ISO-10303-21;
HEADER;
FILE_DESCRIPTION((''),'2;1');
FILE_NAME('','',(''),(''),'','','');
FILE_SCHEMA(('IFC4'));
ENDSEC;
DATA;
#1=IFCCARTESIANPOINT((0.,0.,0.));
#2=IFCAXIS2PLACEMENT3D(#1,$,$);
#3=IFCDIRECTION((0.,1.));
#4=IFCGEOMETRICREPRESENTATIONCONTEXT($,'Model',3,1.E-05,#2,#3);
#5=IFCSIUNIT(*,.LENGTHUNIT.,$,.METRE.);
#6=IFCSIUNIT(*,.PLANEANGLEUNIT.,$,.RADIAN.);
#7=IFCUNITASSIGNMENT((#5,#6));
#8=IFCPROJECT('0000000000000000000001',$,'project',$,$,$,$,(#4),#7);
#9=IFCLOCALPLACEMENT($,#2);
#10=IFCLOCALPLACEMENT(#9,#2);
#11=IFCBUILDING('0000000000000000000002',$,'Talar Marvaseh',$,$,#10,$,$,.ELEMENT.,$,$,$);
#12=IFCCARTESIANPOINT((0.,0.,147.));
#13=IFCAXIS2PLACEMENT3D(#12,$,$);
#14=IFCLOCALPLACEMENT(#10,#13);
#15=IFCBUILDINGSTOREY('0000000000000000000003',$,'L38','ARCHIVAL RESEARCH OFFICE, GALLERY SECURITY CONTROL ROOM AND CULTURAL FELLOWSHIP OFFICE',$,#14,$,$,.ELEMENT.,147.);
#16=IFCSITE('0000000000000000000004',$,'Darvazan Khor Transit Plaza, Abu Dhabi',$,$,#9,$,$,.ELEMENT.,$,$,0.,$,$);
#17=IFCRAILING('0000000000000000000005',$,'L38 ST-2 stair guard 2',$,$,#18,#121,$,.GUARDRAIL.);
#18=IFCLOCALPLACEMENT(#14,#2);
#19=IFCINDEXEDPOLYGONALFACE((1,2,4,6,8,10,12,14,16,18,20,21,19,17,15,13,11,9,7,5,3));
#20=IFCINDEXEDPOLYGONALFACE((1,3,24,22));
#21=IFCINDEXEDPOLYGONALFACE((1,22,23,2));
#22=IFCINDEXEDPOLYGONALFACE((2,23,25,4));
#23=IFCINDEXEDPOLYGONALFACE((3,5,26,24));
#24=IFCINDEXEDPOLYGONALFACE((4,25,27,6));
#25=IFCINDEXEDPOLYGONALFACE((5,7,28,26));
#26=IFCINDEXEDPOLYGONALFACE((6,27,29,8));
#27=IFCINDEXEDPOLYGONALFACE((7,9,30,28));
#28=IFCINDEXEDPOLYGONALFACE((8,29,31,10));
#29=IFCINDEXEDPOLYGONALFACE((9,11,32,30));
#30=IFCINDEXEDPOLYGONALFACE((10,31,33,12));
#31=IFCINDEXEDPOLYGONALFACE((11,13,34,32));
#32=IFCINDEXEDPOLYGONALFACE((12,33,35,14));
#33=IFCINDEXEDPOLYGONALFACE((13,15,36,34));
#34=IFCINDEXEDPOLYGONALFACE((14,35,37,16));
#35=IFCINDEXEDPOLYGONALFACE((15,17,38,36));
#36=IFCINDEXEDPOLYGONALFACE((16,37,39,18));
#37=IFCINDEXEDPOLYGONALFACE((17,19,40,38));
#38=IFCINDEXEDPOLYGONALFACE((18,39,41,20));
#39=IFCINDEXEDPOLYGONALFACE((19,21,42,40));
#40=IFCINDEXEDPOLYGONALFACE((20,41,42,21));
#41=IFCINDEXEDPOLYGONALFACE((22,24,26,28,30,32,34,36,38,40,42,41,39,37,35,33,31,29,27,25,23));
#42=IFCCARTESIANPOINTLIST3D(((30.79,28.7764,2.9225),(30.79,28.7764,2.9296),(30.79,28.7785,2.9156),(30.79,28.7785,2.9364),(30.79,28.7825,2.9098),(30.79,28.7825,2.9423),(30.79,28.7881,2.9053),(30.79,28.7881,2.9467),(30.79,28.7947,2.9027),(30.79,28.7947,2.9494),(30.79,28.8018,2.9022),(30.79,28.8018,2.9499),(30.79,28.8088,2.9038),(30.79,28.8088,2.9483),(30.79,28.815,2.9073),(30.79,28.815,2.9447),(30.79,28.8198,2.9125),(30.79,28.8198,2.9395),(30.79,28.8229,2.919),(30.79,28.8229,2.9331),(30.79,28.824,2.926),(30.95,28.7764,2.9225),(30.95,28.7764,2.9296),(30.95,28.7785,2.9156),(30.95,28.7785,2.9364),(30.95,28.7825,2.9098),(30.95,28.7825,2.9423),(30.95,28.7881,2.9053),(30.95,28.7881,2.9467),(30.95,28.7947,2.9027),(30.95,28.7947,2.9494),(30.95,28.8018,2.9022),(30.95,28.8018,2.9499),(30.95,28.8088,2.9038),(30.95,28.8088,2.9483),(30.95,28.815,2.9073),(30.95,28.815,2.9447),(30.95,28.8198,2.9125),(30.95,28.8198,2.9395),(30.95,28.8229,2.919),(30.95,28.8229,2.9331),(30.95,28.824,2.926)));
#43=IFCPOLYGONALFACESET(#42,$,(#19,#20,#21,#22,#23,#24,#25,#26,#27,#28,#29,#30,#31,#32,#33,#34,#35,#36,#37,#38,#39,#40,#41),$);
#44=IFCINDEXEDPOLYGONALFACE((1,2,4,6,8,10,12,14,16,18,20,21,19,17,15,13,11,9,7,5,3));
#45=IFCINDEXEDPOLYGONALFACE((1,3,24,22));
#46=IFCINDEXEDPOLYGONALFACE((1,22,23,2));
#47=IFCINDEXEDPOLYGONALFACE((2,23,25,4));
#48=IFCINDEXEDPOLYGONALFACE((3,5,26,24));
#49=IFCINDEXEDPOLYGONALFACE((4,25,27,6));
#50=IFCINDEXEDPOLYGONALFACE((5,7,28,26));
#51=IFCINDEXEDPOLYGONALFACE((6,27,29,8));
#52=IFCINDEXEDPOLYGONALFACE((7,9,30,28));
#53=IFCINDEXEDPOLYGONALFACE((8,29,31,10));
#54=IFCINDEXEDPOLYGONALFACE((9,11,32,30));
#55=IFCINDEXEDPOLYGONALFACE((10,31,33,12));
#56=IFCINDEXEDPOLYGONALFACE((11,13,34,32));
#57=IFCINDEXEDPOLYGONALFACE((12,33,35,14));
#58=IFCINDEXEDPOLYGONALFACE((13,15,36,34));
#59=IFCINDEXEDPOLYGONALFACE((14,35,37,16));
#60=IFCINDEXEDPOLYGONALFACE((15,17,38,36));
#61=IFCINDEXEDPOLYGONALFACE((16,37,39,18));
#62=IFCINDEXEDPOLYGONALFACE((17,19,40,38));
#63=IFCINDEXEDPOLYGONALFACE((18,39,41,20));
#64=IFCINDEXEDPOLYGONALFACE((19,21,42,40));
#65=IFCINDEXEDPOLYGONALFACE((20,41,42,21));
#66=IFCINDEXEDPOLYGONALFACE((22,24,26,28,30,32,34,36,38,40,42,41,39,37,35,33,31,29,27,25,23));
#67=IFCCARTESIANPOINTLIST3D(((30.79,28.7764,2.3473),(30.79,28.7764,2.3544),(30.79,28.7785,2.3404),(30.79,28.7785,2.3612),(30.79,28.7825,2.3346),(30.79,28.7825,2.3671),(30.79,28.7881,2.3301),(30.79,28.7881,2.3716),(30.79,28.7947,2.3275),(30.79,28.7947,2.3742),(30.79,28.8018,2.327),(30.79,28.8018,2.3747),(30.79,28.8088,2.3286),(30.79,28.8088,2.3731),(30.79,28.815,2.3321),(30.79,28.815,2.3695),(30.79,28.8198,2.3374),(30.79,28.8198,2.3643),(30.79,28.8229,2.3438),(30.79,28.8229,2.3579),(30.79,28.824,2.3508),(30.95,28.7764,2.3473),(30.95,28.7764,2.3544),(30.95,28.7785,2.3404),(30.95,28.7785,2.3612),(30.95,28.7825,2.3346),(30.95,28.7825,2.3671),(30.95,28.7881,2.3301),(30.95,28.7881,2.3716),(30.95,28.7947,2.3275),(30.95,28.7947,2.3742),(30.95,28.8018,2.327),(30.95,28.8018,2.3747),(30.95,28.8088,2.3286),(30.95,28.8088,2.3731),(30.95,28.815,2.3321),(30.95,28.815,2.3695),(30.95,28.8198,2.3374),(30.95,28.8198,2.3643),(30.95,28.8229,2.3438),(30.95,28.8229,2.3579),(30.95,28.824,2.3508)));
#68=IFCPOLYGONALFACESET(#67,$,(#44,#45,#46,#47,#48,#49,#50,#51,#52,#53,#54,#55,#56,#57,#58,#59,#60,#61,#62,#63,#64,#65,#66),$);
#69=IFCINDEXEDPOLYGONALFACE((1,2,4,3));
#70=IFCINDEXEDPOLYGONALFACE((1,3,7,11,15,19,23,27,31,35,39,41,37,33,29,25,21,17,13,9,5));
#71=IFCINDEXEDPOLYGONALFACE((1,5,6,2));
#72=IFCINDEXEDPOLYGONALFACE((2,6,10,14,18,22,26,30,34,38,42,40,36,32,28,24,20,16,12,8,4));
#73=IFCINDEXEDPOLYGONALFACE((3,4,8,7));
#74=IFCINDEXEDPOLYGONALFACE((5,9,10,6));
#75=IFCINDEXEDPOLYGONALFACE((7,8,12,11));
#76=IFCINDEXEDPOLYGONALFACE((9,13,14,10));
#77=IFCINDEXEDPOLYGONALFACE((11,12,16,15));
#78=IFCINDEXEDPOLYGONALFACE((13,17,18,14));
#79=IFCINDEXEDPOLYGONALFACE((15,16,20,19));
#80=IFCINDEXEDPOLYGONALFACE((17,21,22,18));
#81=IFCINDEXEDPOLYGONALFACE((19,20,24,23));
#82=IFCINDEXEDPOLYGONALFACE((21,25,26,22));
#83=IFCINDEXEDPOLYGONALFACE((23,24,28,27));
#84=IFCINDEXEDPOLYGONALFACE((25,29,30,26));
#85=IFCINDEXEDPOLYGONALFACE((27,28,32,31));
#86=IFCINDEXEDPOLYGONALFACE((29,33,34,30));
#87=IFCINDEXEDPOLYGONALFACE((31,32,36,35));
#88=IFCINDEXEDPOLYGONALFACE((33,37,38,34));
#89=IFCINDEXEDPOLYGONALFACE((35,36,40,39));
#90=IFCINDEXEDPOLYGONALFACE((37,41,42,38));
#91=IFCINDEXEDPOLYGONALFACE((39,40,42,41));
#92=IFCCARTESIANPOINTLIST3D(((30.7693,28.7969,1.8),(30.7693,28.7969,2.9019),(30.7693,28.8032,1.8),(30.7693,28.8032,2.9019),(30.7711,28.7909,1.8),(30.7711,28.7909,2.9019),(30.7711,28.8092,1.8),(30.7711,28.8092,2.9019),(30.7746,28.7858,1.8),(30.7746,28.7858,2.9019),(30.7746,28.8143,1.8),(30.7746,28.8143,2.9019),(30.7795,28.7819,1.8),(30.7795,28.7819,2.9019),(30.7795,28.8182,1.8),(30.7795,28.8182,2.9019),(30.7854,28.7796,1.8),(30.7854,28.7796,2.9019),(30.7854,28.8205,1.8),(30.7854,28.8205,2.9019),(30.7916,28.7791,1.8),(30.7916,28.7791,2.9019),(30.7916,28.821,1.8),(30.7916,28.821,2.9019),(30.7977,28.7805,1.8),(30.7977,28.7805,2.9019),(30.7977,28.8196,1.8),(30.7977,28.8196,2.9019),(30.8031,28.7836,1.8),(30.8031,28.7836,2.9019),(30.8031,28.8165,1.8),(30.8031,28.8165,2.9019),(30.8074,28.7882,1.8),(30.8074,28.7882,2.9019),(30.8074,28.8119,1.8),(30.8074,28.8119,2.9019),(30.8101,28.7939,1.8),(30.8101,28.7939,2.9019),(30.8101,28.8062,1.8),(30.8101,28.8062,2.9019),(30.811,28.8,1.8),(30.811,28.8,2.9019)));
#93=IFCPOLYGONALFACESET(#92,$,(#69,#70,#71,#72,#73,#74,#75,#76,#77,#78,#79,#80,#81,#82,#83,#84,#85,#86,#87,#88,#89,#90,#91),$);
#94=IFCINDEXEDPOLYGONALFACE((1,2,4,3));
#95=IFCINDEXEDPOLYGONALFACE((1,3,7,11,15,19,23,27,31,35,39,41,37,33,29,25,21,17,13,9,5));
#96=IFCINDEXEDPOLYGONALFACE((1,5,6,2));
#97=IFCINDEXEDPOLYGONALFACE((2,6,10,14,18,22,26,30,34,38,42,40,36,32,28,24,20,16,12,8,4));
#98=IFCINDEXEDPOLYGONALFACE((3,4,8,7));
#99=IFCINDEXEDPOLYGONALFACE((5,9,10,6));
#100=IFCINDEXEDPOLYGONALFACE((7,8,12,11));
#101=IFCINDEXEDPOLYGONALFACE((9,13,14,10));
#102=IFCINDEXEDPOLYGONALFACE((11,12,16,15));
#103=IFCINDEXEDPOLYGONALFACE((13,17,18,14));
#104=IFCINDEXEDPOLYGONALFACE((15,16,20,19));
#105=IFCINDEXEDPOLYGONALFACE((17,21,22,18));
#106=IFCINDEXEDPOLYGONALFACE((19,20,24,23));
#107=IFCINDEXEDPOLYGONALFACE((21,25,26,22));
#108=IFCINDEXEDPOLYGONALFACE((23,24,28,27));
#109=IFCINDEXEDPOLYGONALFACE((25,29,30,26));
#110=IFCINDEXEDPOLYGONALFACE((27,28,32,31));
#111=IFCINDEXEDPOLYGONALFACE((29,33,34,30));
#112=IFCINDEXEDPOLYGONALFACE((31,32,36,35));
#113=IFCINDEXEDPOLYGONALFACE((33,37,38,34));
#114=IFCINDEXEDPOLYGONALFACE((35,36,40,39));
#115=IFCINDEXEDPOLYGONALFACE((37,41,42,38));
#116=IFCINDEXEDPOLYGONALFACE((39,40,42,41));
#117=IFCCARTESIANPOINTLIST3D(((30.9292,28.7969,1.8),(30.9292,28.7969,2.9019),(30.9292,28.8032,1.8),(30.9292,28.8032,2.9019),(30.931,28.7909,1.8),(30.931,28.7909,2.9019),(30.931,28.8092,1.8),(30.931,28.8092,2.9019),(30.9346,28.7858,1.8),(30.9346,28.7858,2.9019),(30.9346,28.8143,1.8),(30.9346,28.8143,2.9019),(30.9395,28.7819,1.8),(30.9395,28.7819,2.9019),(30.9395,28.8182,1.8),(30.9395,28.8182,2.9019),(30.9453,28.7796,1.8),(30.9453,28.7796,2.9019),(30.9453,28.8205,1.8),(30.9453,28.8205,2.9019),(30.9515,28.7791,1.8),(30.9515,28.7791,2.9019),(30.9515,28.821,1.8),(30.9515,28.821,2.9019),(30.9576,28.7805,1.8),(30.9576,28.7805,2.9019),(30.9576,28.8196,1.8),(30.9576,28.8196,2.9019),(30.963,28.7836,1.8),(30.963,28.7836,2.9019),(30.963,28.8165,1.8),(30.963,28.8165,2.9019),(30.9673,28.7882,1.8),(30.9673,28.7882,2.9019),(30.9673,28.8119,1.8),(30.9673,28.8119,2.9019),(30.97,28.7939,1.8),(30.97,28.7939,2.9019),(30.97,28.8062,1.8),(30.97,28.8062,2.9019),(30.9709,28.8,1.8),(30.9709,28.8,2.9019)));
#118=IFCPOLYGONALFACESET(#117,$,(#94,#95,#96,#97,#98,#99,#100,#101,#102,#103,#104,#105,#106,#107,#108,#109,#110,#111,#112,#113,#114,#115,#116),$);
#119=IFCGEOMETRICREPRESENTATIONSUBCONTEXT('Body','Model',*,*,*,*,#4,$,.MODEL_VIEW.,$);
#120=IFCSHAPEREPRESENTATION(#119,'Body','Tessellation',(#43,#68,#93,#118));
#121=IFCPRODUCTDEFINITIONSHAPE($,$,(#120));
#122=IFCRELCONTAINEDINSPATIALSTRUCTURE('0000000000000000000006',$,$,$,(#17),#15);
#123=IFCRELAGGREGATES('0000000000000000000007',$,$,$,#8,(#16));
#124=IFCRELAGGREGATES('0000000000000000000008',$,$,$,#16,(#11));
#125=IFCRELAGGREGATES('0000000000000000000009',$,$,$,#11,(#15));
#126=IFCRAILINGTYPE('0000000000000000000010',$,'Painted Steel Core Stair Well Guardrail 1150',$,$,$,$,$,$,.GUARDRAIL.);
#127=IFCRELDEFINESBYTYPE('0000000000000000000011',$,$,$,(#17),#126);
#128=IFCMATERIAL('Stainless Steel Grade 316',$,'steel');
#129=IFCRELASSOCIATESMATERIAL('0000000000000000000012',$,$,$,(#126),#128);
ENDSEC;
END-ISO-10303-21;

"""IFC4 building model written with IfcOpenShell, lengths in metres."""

from ifc_helpers import new_model, si_unit, direction, frame, origin, origin_2d, place, context, subcontext, project, spatial, circle, extrude, material, type_object, element, save


model = new_model("IFC4")

# Units and contexts
model_context = context("Model", 3, precision=1e-05, world=origin(), true_north=direction((0.0, 1.0)))
body_context = subcontext(model_context, "Body", "Model", "MODEL_VIEW")
ifc_project = project(units=[si_unit("LENGTHUNIT", "METRE"), si_unit("PLANEANGLEUNIT", "RADIAN")], contexts=[model_context])

# Site, building, storey
site_placement = place(None, origin())
site = spatial("IfcSite", under=ifc_project, at=site_placement, Name="Darvazan Khor Transit Plaza, Abu Dhabi", CompositionType="ELEMENT", RefElevation=0.0)
building_placement = place(site_placement, origin())
building = spatial("IfcBuilding", under=site, at=building_placement, Name="Talar Marvaseh", CompositionType="ELEMENT")
storey_placement = place(building_placement, frame((0.0, 0.0, 147.0)))
storey = spatial("IfcBuildingStorey", under=building, at=storey_placement, Name="L38", Description="ARCHIVAL RESEARCH OFFICE, GALLERY SECURITY CONTROL ROOM AND CULTURAL FELLOWSHIP OFFICE", CompositionType="ELEMENT", Elevation=147.0)

# Shared definitions
ifc_material_1 = material(Name="Stainless Steel Grade 316", Category="steel")

# Railing
railing_type_1 = type_object("IfcRailingType", Name="Painted Steel Core Stair Well Guardrail 1150", PredefinedType="GUARDRAIL", material=ifc_material_1)
railing_1_placement = place(storey_placement, frame((30.79, 28.8, 1.8)))
element("IfcRailing", 1, at=railing_1_placement, inside=storey, type_object=railing_type_1, Name="L38 ST-2 stair guard 2", PredefinedType="GUARDRAIL", context=body_context, shape_type="SweptSolid", body=[
    extrude(circle(Radius=0.0239, at=origin_2d()), frame((0.0, 0.0, 1.126), z_axis=(1.0, 0.0, 0.0), x_axis=(0.0, 1.0, 0.0)), (0.0, 0.0, 1.0), 0.1599),
    extrude(circle(Radius=0.0239, at=origin_2d()), frame((0.0, 0.0, 0.5508), z_axis=(1.0, 0.0, 0.0), x_axis=(0.0, 1.0, 0.0)), (0.0, 0.0, 1.0), 0.1599),
    extrude(circle(Radius=0.021, at=origin_2d()), origin(), (0.0, 0.0, 1.0), 1.1018),
    extrude(circle(Radius=0.021, at=origin_2d()), frame((0.1599, 0.0, 0.0)), (0.0, 0.0, 1.0), 1.1018),
])

save(model, "model.ifc")
